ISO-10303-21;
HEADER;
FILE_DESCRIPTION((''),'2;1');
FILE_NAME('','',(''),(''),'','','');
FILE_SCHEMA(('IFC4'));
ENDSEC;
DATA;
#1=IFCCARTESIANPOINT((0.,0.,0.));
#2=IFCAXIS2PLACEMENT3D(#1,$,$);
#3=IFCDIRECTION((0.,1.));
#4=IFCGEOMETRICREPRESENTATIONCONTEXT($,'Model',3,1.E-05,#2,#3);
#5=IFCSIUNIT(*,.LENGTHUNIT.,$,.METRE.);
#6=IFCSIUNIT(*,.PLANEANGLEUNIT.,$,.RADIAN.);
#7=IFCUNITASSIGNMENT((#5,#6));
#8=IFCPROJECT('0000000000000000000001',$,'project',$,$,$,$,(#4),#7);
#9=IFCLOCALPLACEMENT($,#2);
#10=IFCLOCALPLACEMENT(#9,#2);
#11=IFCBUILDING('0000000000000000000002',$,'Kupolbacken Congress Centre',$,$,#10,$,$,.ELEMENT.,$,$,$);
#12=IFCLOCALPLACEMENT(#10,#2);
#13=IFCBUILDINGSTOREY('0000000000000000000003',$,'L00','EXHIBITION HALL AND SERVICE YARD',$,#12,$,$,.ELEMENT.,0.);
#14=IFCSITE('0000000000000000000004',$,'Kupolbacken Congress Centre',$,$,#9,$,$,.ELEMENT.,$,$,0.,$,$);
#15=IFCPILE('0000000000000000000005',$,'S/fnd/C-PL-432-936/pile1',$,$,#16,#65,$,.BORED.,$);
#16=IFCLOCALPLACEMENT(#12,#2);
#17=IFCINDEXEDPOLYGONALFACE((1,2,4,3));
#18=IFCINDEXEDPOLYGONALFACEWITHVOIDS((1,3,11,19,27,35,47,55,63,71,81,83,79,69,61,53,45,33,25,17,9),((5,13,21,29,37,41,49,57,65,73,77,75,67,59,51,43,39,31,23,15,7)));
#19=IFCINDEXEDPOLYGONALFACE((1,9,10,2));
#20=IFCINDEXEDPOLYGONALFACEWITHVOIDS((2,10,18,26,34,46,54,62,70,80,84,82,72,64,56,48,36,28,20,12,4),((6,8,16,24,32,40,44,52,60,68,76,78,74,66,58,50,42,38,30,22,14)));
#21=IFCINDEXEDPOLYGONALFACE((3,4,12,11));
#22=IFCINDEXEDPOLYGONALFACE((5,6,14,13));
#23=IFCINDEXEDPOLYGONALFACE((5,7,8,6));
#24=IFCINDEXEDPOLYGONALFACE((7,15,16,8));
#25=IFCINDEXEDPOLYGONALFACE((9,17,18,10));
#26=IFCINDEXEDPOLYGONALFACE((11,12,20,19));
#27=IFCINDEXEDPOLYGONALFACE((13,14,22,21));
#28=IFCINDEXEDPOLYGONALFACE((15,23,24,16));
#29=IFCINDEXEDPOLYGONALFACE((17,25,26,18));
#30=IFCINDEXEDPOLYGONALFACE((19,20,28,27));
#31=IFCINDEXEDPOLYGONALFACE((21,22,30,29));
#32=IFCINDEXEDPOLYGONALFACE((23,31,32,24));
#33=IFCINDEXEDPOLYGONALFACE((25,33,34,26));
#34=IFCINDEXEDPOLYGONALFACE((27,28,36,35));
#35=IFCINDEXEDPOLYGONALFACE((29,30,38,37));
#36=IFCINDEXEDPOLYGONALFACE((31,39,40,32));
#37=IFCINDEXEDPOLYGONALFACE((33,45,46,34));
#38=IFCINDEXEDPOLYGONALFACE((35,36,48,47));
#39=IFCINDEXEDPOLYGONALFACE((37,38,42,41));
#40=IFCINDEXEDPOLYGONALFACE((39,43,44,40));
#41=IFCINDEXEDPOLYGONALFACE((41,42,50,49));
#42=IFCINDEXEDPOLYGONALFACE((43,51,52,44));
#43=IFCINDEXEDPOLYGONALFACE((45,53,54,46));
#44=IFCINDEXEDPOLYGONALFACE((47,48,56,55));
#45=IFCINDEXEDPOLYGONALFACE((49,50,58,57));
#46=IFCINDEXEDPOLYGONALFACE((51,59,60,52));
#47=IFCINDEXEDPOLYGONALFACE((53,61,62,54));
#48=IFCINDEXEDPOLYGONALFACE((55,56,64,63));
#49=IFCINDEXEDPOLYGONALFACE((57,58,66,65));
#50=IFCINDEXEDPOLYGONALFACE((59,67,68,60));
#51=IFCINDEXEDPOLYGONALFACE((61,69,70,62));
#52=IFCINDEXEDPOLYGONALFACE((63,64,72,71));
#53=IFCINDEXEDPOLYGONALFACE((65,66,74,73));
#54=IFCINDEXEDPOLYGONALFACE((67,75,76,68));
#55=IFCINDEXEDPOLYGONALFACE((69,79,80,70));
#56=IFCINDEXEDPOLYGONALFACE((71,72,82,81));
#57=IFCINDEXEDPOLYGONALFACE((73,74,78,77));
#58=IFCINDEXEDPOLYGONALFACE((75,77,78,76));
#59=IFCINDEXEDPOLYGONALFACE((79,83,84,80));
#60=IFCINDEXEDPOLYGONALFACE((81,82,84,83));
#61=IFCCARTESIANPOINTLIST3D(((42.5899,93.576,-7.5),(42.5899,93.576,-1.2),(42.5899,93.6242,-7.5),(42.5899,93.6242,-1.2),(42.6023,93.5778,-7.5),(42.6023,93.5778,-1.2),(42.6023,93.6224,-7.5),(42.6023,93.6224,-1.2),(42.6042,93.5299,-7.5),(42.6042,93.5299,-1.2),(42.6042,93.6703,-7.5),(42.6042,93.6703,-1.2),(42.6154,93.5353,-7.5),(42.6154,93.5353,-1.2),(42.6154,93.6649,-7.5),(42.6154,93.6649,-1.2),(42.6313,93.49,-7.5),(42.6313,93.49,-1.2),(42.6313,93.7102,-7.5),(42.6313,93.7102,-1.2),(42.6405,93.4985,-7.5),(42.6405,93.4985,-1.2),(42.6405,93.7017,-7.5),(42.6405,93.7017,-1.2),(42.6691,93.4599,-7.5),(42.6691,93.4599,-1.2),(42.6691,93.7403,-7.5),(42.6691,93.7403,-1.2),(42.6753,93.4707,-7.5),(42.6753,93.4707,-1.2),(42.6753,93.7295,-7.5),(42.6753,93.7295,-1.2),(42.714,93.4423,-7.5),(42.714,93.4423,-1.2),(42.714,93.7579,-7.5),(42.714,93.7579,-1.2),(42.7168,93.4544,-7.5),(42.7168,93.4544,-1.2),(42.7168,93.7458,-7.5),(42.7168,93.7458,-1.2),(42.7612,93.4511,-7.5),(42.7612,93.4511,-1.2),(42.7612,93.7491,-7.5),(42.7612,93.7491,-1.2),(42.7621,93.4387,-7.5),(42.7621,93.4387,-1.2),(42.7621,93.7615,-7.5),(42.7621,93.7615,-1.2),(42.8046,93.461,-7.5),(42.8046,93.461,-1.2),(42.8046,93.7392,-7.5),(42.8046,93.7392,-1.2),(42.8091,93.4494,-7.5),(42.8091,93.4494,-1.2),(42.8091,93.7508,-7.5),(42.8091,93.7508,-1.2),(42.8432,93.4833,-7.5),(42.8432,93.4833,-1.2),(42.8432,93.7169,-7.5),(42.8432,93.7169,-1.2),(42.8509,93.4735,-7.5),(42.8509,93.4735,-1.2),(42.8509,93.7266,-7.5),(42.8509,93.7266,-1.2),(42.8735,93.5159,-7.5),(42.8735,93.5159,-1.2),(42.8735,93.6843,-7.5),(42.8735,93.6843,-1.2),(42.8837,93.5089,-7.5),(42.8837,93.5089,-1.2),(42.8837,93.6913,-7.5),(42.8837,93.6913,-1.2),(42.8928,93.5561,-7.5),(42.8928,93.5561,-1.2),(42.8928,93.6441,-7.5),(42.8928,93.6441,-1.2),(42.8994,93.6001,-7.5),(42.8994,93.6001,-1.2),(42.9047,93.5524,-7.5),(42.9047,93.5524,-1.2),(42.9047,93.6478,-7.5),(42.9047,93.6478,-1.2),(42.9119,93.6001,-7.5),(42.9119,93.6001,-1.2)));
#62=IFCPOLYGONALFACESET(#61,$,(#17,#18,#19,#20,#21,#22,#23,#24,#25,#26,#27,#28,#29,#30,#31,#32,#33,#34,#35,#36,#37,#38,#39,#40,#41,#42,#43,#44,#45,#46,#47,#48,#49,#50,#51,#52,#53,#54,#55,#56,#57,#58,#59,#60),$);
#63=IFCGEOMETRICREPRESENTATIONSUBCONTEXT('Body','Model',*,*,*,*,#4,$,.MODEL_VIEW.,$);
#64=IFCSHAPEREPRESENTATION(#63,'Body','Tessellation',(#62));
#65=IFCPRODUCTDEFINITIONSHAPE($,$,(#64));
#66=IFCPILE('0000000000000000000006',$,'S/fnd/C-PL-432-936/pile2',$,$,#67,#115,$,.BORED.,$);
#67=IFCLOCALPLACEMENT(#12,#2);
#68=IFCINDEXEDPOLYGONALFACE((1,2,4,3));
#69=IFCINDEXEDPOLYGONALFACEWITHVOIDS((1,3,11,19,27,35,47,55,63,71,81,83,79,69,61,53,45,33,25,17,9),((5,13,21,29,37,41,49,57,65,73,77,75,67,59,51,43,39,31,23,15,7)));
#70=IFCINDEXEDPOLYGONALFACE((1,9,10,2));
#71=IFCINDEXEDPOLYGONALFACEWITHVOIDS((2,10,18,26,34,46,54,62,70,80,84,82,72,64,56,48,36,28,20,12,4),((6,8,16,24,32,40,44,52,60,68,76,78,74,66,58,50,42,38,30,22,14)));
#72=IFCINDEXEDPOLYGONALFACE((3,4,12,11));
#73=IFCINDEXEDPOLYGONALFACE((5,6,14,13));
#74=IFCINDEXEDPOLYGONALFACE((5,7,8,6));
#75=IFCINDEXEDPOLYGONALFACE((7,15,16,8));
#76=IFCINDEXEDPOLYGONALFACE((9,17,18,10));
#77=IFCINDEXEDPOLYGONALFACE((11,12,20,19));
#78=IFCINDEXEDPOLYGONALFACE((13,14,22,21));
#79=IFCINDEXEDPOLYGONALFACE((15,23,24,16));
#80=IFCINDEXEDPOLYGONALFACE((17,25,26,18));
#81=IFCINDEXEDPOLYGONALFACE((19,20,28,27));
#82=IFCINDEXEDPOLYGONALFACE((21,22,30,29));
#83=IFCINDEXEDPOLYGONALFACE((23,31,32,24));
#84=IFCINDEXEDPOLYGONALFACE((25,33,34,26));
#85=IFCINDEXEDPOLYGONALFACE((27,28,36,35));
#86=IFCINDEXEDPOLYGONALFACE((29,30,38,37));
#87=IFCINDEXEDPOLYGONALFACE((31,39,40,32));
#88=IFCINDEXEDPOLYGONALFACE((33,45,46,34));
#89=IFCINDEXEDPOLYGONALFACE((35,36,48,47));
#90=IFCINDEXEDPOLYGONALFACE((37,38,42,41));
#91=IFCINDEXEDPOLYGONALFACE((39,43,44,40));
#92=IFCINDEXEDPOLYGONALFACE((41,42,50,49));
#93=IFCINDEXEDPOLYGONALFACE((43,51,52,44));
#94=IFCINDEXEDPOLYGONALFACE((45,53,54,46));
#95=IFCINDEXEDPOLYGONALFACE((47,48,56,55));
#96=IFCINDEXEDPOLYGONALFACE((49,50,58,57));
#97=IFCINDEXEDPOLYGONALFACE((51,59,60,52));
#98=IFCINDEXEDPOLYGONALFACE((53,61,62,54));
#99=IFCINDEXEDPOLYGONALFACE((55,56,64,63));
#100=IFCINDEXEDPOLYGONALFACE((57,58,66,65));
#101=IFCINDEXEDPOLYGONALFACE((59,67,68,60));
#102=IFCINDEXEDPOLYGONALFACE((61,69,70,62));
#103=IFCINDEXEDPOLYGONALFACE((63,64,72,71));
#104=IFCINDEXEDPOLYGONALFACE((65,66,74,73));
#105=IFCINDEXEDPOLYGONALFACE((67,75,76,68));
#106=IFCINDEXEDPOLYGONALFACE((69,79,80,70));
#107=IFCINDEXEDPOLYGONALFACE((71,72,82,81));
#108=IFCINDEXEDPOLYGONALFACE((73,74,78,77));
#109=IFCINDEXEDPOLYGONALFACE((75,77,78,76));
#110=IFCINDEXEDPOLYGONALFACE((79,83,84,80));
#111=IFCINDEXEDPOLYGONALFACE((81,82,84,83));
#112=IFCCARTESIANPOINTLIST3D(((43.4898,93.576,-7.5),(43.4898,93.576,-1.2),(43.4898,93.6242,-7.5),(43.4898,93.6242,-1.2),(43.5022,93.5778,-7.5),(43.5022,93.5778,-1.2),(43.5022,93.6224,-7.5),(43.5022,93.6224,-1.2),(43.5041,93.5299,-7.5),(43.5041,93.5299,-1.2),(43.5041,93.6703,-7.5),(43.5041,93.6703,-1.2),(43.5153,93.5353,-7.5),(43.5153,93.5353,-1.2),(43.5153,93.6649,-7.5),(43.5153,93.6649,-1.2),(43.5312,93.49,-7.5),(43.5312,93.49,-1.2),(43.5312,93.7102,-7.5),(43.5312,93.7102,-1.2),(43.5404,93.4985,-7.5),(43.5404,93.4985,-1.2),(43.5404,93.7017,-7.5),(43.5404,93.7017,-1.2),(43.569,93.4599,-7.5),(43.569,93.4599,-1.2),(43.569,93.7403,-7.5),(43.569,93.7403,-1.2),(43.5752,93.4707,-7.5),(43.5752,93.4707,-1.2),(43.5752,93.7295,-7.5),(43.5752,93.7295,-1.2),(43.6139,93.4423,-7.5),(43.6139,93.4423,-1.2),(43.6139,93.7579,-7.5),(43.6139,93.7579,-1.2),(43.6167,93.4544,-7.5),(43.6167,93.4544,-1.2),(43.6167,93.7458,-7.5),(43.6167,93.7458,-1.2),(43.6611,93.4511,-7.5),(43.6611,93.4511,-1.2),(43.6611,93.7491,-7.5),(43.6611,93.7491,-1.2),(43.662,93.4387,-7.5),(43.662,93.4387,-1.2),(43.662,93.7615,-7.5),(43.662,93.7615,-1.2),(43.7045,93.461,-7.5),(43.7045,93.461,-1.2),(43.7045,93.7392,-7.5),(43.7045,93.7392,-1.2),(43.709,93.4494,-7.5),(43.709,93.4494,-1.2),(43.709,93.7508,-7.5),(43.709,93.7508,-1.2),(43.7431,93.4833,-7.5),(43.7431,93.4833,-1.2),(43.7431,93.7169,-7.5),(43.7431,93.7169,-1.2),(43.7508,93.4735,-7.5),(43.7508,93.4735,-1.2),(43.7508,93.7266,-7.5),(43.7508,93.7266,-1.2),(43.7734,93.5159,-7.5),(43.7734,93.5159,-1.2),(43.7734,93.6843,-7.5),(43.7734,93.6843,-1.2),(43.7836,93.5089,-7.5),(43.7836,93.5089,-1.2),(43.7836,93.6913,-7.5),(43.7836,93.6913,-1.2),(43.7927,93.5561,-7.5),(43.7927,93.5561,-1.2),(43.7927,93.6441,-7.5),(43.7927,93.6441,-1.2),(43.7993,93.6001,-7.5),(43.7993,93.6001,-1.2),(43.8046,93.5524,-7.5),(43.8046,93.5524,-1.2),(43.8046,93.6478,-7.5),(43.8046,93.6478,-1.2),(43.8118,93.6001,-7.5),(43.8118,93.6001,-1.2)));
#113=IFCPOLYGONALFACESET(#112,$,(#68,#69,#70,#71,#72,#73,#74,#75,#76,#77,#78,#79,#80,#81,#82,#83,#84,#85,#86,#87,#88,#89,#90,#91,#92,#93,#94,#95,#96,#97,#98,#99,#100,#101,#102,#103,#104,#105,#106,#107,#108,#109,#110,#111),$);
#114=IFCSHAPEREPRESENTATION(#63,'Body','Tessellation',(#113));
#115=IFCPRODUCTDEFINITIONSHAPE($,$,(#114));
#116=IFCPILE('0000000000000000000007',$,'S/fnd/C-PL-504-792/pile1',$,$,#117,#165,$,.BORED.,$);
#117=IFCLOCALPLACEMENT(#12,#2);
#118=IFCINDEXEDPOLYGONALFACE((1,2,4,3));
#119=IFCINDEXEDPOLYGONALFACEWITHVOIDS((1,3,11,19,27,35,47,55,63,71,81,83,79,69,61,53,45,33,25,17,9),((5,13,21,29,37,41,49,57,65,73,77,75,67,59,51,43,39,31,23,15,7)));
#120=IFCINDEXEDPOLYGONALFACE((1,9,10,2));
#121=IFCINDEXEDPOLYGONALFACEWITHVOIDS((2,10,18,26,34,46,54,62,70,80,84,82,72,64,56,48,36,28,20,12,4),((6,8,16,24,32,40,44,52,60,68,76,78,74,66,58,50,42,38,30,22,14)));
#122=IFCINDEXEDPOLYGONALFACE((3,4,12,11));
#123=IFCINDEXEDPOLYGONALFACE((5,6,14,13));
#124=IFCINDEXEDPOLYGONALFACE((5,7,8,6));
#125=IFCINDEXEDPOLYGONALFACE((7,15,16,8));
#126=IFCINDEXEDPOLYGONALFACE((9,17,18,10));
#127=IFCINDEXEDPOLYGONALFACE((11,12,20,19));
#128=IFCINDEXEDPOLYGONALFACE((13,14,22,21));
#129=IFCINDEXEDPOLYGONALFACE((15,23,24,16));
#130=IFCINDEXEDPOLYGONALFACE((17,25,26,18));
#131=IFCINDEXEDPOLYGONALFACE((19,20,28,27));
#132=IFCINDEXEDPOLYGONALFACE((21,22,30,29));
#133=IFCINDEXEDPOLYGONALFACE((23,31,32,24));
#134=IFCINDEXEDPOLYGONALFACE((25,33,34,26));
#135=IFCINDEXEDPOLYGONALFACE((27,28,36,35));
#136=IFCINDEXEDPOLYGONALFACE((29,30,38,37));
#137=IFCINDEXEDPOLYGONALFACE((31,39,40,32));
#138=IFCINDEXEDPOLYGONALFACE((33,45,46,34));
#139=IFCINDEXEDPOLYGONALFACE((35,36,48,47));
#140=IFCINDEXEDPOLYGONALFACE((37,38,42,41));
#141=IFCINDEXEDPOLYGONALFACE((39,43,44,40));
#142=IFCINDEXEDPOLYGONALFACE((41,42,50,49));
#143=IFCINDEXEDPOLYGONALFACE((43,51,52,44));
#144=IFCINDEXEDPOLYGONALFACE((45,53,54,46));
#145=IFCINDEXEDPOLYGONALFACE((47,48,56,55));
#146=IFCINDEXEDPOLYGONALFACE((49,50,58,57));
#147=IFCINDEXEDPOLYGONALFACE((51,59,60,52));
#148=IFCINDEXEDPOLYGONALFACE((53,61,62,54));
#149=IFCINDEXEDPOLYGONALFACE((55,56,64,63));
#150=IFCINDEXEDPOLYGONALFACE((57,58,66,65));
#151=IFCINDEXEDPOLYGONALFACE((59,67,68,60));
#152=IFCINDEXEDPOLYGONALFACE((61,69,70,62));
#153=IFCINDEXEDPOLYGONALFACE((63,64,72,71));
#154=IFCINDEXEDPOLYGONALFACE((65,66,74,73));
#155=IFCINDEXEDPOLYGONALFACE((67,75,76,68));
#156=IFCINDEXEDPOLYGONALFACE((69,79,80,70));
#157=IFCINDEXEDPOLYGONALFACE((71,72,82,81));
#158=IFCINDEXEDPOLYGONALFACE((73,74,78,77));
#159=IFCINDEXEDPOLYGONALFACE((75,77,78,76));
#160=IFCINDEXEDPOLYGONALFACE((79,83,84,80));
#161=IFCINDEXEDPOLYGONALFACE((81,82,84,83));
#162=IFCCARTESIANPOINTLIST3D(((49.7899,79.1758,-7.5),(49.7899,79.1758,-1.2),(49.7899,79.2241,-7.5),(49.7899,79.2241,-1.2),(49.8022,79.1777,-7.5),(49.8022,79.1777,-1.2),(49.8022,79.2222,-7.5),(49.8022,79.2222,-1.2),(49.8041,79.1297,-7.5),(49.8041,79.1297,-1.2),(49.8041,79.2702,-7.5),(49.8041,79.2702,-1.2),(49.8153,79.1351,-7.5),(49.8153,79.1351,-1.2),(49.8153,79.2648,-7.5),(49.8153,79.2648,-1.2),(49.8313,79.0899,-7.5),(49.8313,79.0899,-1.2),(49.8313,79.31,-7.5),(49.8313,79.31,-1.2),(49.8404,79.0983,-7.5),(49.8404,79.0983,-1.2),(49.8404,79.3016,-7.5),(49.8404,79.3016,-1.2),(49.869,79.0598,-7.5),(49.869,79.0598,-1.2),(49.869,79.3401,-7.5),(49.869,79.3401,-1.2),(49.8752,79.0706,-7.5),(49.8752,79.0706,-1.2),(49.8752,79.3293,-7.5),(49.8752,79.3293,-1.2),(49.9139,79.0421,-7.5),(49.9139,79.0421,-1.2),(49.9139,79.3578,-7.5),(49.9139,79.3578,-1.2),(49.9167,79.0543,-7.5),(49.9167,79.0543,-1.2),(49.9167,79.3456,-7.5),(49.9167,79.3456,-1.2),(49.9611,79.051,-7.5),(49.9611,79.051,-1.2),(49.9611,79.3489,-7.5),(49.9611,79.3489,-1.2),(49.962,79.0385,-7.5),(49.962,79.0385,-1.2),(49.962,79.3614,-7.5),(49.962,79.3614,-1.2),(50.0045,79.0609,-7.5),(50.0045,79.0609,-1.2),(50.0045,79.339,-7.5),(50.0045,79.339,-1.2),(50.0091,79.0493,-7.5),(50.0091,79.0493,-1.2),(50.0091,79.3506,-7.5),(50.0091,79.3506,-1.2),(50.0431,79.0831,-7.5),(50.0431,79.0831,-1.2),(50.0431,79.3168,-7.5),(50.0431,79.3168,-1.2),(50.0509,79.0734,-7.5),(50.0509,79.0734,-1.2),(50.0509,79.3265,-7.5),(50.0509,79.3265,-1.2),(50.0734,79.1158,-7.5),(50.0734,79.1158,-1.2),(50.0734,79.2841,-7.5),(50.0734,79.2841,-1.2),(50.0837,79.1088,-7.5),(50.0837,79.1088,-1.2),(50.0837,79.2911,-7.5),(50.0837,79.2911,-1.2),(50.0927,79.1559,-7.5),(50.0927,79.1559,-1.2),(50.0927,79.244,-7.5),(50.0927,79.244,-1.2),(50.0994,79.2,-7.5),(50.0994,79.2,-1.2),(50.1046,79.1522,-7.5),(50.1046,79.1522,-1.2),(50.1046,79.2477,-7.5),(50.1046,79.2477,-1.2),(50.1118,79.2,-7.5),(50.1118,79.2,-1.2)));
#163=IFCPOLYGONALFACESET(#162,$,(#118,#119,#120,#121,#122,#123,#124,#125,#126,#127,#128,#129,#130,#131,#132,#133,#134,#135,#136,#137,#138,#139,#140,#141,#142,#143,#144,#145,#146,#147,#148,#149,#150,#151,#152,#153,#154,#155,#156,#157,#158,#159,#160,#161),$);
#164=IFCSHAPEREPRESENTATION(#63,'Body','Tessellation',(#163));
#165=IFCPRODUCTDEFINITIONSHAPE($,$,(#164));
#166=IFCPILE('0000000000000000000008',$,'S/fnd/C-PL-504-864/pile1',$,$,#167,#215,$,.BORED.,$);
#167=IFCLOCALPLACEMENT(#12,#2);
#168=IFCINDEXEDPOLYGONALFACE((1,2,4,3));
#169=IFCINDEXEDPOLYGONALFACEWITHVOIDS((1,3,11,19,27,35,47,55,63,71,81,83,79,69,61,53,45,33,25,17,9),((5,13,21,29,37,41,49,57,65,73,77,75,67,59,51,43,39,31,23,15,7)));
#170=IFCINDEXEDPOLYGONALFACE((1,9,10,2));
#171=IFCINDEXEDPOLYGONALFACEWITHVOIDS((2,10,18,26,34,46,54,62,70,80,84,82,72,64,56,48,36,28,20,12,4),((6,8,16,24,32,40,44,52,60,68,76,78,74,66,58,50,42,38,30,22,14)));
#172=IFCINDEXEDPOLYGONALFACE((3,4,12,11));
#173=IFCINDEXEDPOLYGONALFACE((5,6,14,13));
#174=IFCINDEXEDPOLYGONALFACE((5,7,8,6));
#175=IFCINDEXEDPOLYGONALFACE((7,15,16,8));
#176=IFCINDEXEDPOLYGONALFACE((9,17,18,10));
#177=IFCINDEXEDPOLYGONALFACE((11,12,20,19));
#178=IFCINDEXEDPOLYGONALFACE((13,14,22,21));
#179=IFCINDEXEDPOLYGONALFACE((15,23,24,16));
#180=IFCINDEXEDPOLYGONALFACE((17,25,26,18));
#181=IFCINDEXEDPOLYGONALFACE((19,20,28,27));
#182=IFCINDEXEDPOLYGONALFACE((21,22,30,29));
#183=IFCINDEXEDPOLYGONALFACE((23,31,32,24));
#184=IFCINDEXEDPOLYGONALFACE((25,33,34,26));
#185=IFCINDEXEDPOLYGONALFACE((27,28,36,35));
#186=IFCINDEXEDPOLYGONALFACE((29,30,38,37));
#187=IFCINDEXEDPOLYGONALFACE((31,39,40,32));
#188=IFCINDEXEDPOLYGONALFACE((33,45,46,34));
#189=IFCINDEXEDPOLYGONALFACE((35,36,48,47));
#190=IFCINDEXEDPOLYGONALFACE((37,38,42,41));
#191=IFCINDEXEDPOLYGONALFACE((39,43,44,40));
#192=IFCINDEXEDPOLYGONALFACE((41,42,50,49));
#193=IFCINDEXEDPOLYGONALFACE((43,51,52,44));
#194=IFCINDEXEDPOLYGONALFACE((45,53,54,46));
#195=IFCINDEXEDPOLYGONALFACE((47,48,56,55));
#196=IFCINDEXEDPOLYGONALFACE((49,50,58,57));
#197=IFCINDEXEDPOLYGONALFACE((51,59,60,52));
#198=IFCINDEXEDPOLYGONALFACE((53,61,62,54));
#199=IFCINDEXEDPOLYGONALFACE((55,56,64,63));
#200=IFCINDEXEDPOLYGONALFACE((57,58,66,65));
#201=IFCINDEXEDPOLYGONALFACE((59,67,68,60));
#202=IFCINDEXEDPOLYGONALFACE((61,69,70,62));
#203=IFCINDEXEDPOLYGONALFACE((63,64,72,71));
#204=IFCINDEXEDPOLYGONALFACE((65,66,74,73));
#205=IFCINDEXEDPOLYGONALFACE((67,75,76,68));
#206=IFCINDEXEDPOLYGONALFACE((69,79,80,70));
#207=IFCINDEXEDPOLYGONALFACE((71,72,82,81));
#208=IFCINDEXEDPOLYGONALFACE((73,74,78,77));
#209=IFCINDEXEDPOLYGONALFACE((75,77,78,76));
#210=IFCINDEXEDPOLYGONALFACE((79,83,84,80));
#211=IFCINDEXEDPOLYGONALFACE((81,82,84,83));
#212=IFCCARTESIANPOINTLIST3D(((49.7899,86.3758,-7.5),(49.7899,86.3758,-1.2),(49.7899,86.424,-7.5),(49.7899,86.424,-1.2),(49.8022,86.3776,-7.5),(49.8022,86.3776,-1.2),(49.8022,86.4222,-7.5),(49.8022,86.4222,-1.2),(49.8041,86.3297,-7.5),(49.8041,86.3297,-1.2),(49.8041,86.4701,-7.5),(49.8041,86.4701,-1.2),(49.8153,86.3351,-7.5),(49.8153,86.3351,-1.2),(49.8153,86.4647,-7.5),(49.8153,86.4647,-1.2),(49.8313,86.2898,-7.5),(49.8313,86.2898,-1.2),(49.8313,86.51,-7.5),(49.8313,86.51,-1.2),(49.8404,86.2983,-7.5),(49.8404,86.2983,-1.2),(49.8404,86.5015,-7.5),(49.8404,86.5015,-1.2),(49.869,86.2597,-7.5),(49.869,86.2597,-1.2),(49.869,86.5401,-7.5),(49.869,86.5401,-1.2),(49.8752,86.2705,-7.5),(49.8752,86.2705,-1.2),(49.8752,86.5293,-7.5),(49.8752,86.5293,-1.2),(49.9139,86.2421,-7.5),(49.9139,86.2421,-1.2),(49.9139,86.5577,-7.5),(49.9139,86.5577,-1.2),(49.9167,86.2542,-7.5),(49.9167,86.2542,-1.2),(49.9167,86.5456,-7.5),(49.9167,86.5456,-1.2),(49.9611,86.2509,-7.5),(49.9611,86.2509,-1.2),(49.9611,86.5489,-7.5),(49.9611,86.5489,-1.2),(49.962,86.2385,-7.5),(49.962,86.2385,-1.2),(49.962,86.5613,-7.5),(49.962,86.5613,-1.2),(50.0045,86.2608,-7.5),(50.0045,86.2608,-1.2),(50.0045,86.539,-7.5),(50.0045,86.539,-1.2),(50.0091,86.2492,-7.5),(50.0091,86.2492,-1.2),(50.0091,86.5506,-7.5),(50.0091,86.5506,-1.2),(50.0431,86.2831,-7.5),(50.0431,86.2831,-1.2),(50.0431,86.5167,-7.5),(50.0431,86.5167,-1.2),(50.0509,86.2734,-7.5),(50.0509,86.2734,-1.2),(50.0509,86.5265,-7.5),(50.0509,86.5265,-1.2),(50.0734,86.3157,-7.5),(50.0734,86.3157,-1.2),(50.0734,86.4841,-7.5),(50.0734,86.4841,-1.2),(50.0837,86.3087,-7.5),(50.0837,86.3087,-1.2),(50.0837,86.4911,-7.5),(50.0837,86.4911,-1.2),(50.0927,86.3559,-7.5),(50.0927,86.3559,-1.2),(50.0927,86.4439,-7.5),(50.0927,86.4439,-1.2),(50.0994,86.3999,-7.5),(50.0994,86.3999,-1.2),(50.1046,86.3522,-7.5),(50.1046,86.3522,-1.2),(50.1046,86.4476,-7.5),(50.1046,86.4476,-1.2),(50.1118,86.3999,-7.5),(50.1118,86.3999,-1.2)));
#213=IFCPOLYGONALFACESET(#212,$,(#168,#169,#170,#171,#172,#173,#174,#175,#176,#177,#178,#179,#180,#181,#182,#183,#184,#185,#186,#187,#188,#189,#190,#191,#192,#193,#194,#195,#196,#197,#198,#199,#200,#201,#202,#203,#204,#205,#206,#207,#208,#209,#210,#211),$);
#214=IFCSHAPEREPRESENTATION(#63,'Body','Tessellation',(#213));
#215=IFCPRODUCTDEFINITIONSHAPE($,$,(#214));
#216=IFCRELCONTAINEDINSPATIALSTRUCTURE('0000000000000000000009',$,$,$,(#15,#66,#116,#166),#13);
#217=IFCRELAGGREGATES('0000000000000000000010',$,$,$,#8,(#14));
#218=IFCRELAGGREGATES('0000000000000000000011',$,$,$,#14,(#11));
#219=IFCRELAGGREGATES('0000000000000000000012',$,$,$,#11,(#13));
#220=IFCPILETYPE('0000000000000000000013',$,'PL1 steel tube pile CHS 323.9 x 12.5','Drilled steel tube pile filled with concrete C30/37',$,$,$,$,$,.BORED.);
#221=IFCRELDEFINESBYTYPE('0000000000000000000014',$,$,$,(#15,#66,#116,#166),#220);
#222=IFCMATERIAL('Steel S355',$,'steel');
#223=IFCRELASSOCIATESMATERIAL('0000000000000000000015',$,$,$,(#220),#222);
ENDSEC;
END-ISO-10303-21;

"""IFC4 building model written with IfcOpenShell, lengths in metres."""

from ifc_helpers import new_model, si_unit, direction, frame, origin, origin_2d, place, context, subcontext, project, spatial, hollow_circle, extrude, material, material_profile, profile_set, type_object, element, save


model = new_model("IFC4")

# Units and contexts
model_context = context("Model", 3, precision=1e-05, world=origin(), true_north=direction((0.0, 1.0)))
body_context = subcontext(model_context, "Body", "Model", "MODEL_VIEW")
ifc_project = project(units=[si_unit("LENGTHUNIT", "METRE"), si_unit("PLANEANGLEUNIT", "RADIAN")], contexts=[model_context])

# Site, building, storey
site_placement = place(None, origin())
site = spatial("IfcSite", under=ifc_project, at=site_placement, Name="Kupolbacken Congress Centre", CompositionType="ELEMENT", RefElevation=0.0)
building_placement = place(site_placement, origin())
building = spatial("IfcBuilding", under=site, at=building_placement, Name="Kupolbacken Congress Centre", CompositionType="ELEMENT")
storey_placement = place(building_placement, origin())
storey = spatial("IfcBuildingStorey", under=building, at=storey_placement, Name="L00", Description="EXHIBITION HALL AND SERVICE YARD", CompositionType="ELEMENT", Elevation=0.0)

# Piles
ifc_material_1 = material(Name="Steel S355", Category="steel")
ifc_material_profile_1 = material_profile(ifc_material_1, hollow_circle(Radius=0.1619, WallThickness=0.0125, at=origin_2d()), Name="CHS 323.9 x 12.5")
ifc_profile_set_1 = profile_set([ifc_material_profile_1], Name="Steel S355")
pile_type = type_object("IfcPileType", Name="PL1 steel tube pile CHS 323.9 x 12.5", Description="Drilled steel tube pile filled with concrete C30/37", PredefinedType="BORED", material=ifc_profile_set_1)
for number, where, z_axis, x_axis, name in (
    (1, (42.75, 93.6001, -1.2), (0.0, 0.0, -1.0), (1.0, 0.0, 0.0), "S/fnd/C-PL-432-936/pile1"),
    (2, (43.6499, 93.6001, -1.2), (0.0, 0.0, -1.0), (1.0, 0.0, 0.0), "S/fnd/C-PL-432-936/pile2"),
    (3, (49.95, 79.2, -1.2), (0.0, 0.0, -1.0), (1.0, 0.0, 0.0), "S/fnd/C-PL-504-792/pile1"),
    (4, (49.95, 86.3999, -1.2), (0.0, 0.0, -1.0), (1.0, 0.0, 0.0), "S/fnd/C-PL-504-864/pile1"),
):
    element("IfcPile", number, at=place(storey_placement, frame(where, z_axis=z_axis, x_axis=x_axis)), inside=storey, type_object=pile_type, Name=name, PredefinedType="BORED", context=body_context, shape_type="SweptSolid", body=[
        extrude(hollow_circle(Radius=0.1619, WallThickness=0.0125, at=origin_2d()), origin(), (0.0, 0.0, 1.0), 6.3),
    ])

save(model, "model.ifc")
